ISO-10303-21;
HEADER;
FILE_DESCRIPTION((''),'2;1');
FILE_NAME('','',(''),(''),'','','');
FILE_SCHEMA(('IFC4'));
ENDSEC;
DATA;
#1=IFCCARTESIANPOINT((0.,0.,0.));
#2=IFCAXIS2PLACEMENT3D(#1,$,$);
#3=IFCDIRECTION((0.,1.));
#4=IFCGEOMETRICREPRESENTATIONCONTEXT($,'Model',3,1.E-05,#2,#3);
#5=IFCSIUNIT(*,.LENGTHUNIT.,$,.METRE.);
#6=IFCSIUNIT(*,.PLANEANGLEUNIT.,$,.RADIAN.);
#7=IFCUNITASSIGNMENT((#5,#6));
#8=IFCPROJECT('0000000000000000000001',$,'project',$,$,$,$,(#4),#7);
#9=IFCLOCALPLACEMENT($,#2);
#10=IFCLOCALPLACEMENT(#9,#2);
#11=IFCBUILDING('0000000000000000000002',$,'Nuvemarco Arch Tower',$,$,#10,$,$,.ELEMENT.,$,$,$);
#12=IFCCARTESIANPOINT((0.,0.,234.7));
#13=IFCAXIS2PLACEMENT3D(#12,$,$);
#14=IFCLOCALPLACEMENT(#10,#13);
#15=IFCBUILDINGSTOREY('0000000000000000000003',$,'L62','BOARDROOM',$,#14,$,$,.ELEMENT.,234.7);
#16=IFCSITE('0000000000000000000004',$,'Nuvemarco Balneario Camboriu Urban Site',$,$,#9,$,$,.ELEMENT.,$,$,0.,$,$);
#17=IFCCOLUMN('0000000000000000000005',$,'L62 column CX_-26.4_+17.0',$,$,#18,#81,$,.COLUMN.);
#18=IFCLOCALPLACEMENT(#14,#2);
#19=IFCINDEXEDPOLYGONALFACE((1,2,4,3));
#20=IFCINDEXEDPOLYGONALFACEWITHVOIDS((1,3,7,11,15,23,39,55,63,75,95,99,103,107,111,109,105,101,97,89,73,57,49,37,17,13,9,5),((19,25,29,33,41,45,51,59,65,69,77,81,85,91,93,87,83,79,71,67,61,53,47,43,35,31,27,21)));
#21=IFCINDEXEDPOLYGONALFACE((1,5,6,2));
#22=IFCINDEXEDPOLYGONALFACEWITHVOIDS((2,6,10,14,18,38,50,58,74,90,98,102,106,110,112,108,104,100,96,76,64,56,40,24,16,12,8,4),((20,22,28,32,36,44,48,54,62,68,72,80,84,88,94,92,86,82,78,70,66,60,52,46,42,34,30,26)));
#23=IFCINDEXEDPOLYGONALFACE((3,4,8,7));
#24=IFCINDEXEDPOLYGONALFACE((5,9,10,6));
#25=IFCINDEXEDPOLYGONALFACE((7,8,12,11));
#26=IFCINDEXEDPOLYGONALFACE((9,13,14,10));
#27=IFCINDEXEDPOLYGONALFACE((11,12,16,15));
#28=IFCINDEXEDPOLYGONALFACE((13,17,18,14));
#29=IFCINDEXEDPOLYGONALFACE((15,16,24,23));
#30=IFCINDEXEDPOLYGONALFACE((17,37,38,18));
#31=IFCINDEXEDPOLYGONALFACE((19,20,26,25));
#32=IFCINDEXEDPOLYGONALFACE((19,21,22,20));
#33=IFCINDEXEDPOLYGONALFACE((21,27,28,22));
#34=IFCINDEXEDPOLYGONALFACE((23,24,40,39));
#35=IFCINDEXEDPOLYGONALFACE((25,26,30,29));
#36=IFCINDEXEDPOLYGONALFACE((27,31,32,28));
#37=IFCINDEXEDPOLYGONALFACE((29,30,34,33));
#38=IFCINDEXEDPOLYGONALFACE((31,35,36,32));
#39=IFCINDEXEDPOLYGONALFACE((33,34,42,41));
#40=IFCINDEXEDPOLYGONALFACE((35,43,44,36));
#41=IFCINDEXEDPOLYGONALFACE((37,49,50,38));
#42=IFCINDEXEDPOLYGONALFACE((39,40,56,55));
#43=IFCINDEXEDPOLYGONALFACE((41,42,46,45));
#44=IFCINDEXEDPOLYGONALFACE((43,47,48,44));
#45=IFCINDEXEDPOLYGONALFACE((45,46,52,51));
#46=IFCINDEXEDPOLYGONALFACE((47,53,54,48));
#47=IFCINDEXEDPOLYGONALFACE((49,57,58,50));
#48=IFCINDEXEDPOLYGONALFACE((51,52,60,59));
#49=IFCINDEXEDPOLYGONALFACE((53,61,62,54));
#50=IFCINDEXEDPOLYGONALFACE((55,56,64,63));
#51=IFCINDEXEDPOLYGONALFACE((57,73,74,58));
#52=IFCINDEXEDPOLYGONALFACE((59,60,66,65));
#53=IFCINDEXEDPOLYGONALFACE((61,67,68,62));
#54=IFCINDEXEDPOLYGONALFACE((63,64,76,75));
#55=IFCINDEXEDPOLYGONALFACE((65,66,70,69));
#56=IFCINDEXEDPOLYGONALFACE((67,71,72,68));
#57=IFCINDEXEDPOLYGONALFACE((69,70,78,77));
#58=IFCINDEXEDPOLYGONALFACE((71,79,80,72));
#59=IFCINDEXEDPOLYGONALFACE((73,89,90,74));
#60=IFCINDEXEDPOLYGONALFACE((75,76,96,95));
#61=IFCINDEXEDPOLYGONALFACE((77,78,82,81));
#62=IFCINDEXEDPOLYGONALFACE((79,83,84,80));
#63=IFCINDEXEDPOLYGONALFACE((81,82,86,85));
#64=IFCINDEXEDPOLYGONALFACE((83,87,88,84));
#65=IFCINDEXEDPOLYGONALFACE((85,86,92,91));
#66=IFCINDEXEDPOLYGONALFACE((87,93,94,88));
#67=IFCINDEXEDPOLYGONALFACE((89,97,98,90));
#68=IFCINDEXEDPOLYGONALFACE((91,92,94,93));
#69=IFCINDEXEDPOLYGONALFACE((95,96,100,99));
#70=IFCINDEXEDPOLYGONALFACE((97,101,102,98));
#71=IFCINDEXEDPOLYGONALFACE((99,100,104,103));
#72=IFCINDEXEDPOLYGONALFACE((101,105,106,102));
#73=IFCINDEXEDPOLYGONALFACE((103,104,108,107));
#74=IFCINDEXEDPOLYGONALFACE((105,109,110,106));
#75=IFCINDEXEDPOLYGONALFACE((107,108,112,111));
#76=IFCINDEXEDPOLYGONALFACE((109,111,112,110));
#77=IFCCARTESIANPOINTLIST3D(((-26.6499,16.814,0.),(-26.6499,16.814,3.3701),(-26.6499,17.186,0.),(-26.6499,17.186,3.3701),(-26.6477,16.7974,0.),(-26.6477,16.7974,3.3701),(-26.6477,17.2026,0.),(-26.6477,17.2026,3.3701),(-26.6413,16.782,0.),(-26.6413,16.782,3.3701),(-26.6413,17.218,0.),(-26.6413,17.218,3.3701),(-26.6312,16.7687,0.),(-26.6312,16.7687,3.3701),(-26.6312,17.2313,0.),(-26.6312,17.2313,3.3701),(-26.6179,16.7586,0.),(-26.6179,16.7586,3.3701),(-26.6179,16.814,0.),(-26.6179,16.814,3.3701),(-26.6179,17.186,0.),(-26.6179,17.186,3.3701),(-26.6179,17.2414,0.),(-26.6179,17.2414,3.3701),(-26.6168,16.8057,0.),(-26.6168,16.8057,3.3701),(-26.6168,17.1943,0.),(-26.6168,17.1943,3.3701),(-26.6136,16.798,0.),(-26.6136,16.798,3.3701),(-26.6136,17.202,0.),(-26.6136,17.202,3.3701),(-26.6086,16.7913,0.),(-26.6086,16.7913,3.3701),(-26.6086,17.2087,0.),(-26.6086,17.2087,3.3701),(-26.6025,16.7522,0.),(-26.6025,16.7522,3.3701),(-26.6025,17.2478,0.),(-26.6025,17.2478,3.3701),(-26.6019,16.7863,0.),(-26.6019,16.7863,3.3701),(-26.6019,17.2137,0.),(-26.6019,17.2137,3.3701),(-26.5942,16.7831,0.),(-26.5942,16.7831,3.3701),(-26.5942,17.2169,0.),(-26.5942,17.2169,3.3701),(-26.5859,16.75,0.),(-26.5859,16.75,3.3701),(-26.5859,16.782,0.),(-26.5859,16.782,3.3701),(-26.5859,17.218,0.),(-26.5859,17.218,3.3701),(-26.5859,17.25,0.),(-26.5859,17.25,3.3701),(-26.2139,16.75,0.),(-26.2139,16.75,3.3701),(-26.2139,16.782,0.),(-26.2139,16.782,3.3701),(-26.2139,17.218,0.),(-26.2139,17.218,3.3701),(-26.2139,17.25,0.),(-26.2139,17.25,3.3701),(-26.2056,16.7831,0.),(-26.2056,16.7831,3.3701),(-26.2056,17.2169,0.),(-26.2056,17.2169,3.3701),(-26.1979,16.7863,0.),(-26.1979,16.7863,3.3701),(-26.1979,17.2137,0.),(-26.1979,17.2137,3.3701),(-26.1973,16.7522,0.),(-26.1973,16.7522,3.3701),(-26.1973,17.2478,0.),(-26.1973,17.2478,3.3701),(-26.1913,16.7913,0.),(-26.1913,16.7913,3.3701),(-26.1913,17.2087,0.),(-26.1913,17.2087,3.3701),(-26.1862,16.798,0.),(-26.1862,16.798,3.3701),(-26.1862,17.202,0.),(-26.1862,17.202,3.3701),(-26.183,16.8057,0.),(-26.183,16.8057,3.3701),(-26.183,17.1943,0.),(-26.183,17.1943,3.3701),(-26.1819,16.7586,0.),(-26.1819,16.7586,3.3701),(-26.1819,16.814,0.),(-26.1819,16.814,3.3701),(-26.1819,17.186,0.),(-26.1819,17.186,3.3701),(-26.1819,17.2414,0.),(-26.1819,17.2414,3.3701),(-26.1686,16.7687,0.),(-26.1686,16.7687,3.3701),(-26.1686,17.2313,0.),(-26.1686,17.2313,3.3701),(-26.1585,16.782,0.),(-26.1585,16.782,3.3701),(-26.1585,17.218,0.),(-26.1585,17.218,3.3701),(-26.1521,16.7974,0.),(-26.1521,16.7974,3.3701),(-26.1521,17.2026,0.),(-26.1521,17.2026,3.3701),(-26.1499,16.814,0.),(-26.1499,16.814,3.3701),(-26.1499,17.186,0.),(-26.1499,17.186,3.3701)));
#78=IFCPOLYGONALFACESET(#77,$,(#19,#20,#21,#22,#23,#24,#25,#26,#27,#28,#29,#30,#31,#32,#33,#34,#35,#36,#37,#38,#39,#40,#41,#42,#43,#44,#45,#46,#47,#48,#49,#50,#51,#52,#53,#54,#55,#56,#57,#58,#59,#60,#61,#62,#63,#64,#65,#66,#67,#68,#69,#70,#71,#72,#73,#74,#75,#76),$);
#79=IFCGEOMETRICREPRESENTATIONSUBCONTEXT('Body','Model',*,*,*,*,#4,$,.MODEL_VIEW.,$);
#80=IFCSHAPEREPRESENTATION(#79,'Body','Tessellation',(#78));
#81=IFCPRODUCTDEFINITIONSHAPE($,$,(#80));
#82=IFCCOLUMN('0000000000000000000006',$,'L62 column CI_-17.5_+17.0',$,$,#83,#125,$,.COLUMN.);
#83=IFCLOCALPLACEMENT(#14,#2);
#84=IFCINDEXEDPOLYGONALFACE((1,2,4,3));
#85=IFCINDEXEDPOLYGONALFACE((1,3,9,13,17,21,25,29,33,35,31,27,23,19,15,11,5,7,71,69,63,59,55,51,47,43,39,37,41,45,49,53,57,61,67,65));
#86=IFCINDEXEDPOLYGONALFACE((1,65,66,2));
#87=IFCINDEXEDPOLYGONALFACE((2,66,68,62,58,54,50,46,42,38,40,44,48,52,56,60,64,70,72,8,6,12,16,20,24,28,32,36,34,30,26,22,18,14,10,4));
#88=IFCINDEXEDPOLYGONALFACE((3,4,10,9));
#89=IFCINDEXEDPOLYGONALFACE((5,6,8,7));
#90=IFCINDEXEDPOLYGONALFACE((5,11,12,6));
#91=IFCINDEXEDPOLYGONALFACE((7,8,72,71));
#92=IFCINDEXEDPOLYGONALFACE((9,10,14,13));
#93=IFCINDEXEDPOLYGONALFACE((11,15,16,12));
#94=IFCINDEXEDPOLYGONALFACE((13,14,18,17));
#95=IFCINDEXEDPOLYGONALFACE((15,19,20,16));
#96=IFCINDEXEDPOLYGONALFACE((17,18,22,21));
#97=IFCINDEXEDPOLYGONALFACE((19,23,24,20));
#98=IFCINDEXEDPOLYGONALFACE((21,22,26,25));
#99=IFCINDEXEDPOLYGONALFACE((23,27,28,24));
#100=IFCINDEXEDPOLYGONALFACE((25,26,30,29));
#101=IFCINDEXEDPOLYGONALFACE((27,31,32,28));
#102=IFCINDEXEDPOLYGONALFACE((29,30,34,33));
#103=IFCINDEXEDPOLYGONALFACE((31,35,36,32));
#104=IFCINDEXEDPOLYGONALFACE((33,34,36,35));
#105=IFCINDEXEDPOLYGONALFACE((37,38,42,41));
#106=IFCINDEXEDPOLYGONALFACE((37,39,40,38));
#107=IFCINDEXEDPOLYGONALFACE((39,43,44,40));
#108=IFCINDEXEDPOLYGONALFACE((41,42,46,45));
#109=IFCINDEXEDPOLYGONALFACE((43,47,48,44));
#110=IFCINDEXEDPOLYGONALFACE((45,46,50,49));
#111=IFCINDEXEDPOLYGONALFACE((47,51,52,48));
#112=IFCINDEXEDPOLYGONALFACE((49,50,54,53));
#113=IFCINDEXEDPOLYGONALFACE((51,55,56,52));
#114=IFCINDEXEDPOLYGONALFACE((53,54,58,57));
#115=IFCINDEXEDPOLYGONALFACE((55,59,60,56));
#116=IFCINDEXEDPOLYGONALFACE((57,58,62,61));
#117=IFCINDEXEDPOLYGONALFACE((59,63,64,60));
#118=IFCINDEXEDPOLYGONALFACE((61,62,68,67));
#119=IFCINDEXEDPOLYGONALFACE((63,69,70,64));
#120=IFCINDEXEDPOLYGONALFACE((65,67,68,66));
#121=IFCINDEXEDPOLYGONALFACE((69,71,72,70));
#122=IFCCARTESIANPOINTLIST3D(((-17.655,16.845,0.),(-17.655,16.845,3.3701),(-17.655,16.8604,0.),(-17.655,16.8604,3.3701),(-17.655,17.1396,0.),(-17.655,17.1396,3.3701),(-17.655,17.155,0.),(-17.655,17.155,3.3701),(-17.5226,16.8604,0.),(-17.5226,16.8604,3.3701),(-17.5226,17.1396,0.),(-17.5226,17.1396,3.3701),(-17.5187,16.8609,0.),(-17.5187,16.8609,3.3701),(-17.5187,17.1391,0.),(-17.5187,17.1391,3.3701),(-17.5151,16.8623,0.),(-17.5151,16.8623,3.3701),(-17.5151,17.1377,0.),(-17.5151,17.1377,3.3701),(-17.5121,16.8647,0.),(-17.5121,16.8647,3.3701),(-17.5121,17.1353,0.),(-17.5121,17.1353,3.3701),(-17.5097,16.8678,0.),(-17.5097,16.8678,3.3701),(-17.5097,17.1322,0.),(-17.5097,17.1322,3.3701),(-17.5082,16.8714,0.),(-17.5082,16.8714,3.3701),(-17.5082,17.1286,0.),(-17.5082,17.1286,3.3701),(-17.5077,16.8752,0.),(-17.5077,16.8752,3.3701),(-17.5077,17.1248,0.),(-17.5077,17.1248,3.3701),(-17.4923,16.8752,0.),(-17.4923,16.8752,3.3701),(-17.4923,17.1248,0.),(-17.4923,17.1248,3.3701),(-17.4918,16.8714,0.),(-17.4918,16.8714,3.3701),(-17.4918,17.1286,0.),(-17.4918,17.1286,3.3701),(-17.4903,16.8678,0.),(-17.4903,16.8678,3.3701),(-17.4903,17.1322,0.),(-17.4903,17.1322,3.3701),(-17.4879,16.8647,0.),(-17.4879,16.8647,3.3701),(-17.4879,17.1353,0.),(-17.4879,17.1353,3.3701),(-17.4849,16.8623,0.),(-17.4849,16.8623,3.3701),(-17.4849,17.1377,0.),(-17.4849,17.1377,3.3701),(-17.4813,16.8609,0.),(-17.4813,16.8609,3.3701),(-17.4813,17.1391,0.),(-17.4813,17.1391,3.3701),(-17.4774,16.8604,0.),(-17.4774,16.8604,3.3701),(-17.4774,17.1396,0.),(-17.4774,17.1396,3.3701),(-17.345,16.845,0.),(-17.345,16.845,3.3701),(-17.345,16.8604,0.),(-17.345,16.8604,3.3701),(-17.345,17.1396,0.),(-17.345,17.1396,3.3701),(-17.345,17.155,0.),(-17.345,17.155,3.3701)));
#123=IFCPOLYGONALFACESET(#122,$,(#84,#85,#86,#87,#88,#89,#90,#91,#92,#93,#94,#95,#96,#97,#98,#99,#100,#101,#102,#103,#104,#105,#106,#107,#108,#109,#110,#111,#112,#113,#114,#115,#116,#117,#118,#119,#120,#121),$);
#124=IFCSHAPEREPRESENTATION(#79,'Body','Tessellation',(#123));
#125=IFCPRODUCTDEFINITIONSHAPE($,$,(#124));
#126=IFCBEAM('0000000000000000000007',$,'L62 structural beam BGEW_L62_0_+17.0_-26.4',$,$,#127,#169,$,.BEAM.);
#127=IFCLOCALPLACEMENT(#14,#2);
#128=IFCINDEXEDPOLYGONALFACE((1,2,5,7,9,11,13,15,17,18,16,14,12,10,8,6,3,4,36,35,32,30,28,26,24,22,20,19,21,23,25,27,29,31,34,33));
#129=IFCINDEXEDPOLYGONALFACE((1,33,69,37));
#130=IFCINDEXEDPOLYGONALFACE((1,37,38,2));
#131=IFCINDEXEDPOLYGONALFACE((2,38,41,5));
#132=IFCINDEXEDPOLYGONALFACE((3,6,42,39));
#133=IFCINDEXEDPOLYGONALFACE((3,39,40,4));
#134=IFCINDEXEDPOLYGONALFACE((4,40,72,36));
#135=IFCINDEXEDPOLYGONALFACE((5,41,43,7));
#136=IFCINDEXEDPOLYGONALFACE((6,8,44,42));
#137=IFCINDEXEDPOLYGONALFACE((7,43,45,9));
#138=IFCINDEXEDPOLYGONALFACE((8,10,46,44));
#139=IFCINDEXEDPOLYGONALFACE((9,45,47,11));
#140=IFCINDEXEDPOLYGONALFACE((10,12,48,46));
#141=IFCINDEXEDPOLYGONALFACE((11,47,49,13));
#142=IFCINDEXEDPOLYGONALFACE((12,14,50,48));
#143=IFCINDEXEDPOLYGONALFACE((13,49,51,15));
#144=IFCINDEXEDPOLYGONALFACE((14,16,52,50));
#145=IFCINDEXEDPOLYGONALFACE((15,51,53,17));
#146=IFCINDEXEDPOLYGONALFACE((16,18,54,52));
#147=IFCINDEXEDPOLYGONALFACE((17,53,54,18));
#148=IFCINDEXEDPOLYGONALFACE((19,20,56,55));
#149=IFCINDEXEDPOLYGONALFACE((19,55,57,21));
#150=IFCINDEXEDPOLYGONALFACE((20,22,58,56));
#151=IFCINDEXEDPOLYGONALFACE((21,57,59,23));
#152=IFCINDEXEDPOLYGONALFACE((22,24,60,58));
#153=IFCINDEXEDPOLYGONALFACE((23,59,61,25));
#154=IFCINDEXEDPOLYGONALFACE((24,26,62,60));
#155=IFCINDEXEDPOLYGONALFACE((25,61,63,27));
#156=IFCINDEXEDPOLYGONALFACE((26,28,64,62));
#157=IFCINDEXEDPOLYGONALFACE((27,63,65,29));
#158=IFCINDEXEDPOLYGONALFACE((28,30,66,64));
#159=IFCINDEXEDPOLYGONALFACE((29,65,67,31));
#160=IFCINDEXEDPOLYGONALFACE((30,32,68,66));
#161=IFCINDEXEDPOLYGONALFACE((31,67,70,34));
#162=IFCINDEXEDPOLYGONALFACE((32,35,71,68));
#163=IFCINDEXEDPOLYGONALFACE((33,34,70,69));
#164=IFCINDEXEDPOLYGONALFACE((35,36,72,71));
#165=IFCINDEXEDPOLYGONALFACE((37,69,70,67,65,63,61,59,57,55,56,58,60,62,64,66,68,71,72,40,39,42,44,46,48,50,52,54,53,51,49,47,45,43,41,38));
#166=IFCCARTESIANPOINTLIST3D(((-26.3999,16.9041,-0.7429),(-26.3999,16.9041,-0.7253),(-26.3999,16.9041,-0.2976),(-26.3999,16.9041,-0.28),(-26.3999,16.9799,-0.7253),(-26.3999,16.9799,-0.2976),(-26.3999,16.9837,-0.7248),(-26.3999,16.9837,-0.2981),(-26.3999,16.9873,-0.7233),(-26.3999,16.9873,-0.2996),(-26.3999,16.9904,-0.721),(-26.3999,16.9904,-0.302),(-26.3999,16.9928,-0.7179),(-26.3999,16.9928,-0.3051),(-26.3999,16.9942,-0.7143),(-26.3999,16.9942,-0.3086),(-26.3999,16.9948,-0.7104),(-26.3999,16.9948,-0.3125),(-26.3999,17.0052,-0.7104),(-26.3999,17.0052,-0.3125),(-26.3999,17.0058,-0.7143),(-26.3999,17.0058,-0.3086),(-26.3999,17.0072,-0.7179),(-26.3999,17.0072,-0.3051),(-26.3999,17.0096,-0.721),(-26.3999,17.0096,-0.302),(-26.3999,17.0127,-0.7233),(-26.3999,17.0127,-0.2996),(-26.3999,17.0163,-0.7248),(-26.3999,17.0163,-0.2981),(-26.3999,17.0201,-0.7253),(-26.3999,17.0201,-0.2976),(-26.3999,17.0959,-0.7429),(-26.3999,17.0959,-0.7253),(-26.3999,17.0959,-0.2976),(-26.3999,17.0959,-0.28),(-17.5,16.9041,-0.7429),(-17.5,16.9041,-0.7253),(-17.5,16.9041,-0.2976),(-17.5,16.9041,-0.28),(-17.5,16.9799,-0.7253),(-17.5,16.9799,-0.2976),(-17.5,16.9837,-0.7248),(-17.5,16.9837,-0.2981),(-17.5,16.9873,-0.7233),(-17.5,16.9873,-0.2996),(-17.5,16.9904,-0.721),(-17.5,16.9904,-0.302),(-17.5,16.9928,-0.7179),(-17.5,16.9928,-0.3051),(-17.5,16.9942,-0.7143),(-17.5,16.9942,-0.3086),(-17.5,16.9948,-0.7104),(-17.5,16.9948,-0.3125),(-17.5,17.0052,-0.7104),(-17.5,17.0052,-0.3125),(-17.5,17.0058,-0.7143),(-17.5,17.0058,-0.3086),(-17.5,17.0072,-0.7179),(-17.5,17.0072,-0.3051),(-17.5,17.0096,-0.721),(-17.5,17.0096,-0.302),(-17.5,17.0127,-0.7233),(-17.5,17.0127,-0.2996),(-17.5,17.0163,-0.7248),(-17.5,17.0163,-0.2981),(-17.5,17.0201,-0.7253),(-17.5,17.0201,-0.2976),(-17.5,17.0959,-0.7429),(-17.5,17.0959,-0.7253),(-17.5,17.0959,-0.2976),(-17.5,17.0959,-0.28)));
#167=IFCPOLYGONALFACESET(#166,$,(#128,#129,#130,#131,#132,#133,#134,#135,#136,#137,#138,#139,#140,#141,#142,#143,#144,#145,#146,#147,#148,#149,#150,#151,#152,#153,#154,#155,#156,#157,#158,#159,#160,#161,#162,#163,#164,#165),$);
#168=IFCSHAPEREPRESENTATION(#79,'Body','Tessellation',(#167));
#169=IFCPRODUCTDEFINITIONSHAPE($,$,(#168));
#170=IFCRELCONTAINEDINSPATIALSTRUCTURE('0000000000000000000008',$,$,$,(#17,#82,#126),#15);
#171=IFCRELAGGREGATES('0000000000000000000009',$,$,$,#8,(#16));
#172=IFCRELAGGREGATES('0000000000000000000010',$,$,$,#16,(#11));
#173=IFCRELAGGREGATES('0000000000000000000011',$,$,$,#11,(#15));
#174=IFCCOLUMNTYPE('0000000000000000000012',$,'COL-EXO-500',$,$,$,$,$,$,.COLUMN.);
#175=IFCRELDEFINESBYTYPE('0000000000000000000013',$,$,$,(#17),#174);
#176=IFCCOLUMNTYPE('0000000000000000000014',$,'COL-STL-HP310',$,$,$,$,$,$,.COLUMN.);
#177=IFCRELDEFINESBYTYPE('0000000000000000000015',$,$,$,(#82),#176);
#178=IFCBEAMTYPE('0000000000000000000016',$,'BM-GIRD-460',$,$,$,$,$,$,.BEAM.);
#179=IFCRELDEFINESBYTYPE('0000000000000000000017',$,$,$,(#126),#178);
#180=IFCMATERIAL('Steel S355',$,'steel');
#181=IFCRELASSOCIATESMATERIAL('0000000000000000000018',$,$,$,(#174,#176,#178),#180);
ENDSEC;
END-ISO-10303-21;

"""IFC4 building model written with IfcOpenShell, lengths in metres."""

from ifc_helpers import new_model, si_unit, direction, frame, origin, origin_2d, place, context, subcontext, project, spatial, hollow_rectangle, i_section, extrude, material, material_profile, profile_set, type_object, element, save


model = new_model("IFC4")

# Units and contexts
model_context = context("Model", 3, precision=1e-05, world=origin(), true_north=direction((0.0, 1.0)))
body_context = subcontext(model_context, "Body", "Model", "MODEL_VIEW")
ifc_project = project(units=[si_unit("LENGTHUNIT", "METRE"), si_unit("PLANEANGLEUNIT", "RADIAN")], contexts=[model_context])

# Site, building, storey
site_placement = place(None, origin())
site = spatial("IfcSite", under=ifc_project, at=site_placement, Name="Nuvemarco Balneario Camboriu Urban Site", CompositionType="ELEMENT", RefElevation=0.0)
building_placement = place(site_placement, origin())
building = spatial("IfcBuilding", under=site, at=building_placement, Name="Nuvemarco Arch Tower", CompositionType="ELEMENT")
storey_placement = place(building_placement, frame((0.0, 0.0, 234.7)))
storey = spatial("IfcBuildingStorey", under=building, at=storey_placement, Name="L62", Description="BOARDROOM", CompositionType="ELEMENT", Elevation=234.7)

# Columns
ifc_material_1 = material(Name="Steel S355", Category="steel")
ifc_material_profile_1 = material_profile(ifc_material_1, hollow_rectangle(XDim=0.5, YDim=0.5, WallThickness=0.032, InnerFilletRadius=0.032, OuterFilletRadius=0.064, at=origin_2d()), Name="SHS500x500x32")
ifc_profile_set_1 = profile_set([ifc_material_profile_1], Name="Steel S355")
column_type_1 = type_object("IfcColumnType", Name="COL-EXO-500", PredefinedType="COLUMN", material=ifc_profile_set_1)
column_1_placement = place(storey_placement, frame((-26.3999, 17.0, 0.0), z_axis=(0.0, 0.0, 1.0), x_axis=(1.0, 0.0, 0.0)))
element("IfcColumn", 1, at=column_1_placement, inside=storey, type_object=column_type_1, Name="L62 column CX_-26.4_+17.0", PredefinedType="COLUMN", context=body_context, shape_type="SweptSolid", body=[
    extrude(hollow_rectangle(XDim=0.5, YDim=0.5, WallThickness=0.032, InnerFilletRadius=0.032, OuterFilletRadius=0.064, at=origin_2d()), origin(), (0.0, 0.0, 1.0), 3.3701),
])
ifc_material_profile_2 = material_profile(ifc_material_1, i_section(OverallWidth=0.3101, OverallDepth=0.3101, WebThickness=0.0154, FlangeThickness=0.0154, FilletRadius=0.0149, at=origin_2d()), Name="HP310x110")
ifc_profile_set_2 = profile_set([ifc_material_profile_2], Name="Steel S355")
column_type_2 = type_object("IfcColumnType", Name="COL-STL-HP310", PredefinedType="COLUMN", material=ifc_profile_set_2)
column_2_placement = place(storey_placement, frame((-17.5, 17.0, 0.0), z_axis=(0.0, 0.0, 1.0), x_axis=(1.0, 0.0, 0.0)))
element("IfcColumn", 2, at=column_2_placement, inside=storey, type_object=column_type_2, Name="L62 column CI_-17.5_+17.0", PredefinedType="COLUMN", context=body_context, shape_type="SweptSolid", body=[
    extrude(i_section(OverallWidth=0.3101, OverallDepth=0.3101, WebThickness=0.0154, FlangeThickness=0.0154, FilletRadius=0.0149, at=origin_2d()), origin(), (0.0, 0.0, 1.0), 3.3701),
])

# Beam
ifc_material_profile_3 = material_profile(ifc_material_1, i_section(OverallWidth=0.1919, OverallDepth=0.4629, WebThickness=0.0105, FlangeThickness=0.0176, FilletRadius=0.0149, at=origin_2d()), Name="W460x89")
ifc_profile_set_3 = profile_set([ifc_material_profile_3], Name="Steel S355")
beam_type_1 = type_object("IfcBeamType", Name="BM-GIRD-460", PredefinedType="BEAM", material=ifc_profile_set_3)
beam_1_placement = place(storey_placement, frame((-26.3999, 17.0, -0.5115), z_axis=(1.0, 0.0, 0.0), x_axis=(0.0, 1.0, 0.0)))
element("IfcBeam", 3, at=beam_1_placement, inside=storey, type_object=beam_type_1, Name="L62 structural beam BGEW_L62_0_+17.0_-26.4", PredefinedType="BEAM", context=body_context, shape_type="SweptSolid", body=[
    extrude(i_section(OverallWidth=0.1919, OverallDepth=0.4629, WebThickness=0.0105, FlangeThickness=0.0176, FilletRadius=0.0149, at=origin_2d()), origin(), (0.0, 0.0, 1.0), 8.8999),
])

save(model, "model.ifc")
